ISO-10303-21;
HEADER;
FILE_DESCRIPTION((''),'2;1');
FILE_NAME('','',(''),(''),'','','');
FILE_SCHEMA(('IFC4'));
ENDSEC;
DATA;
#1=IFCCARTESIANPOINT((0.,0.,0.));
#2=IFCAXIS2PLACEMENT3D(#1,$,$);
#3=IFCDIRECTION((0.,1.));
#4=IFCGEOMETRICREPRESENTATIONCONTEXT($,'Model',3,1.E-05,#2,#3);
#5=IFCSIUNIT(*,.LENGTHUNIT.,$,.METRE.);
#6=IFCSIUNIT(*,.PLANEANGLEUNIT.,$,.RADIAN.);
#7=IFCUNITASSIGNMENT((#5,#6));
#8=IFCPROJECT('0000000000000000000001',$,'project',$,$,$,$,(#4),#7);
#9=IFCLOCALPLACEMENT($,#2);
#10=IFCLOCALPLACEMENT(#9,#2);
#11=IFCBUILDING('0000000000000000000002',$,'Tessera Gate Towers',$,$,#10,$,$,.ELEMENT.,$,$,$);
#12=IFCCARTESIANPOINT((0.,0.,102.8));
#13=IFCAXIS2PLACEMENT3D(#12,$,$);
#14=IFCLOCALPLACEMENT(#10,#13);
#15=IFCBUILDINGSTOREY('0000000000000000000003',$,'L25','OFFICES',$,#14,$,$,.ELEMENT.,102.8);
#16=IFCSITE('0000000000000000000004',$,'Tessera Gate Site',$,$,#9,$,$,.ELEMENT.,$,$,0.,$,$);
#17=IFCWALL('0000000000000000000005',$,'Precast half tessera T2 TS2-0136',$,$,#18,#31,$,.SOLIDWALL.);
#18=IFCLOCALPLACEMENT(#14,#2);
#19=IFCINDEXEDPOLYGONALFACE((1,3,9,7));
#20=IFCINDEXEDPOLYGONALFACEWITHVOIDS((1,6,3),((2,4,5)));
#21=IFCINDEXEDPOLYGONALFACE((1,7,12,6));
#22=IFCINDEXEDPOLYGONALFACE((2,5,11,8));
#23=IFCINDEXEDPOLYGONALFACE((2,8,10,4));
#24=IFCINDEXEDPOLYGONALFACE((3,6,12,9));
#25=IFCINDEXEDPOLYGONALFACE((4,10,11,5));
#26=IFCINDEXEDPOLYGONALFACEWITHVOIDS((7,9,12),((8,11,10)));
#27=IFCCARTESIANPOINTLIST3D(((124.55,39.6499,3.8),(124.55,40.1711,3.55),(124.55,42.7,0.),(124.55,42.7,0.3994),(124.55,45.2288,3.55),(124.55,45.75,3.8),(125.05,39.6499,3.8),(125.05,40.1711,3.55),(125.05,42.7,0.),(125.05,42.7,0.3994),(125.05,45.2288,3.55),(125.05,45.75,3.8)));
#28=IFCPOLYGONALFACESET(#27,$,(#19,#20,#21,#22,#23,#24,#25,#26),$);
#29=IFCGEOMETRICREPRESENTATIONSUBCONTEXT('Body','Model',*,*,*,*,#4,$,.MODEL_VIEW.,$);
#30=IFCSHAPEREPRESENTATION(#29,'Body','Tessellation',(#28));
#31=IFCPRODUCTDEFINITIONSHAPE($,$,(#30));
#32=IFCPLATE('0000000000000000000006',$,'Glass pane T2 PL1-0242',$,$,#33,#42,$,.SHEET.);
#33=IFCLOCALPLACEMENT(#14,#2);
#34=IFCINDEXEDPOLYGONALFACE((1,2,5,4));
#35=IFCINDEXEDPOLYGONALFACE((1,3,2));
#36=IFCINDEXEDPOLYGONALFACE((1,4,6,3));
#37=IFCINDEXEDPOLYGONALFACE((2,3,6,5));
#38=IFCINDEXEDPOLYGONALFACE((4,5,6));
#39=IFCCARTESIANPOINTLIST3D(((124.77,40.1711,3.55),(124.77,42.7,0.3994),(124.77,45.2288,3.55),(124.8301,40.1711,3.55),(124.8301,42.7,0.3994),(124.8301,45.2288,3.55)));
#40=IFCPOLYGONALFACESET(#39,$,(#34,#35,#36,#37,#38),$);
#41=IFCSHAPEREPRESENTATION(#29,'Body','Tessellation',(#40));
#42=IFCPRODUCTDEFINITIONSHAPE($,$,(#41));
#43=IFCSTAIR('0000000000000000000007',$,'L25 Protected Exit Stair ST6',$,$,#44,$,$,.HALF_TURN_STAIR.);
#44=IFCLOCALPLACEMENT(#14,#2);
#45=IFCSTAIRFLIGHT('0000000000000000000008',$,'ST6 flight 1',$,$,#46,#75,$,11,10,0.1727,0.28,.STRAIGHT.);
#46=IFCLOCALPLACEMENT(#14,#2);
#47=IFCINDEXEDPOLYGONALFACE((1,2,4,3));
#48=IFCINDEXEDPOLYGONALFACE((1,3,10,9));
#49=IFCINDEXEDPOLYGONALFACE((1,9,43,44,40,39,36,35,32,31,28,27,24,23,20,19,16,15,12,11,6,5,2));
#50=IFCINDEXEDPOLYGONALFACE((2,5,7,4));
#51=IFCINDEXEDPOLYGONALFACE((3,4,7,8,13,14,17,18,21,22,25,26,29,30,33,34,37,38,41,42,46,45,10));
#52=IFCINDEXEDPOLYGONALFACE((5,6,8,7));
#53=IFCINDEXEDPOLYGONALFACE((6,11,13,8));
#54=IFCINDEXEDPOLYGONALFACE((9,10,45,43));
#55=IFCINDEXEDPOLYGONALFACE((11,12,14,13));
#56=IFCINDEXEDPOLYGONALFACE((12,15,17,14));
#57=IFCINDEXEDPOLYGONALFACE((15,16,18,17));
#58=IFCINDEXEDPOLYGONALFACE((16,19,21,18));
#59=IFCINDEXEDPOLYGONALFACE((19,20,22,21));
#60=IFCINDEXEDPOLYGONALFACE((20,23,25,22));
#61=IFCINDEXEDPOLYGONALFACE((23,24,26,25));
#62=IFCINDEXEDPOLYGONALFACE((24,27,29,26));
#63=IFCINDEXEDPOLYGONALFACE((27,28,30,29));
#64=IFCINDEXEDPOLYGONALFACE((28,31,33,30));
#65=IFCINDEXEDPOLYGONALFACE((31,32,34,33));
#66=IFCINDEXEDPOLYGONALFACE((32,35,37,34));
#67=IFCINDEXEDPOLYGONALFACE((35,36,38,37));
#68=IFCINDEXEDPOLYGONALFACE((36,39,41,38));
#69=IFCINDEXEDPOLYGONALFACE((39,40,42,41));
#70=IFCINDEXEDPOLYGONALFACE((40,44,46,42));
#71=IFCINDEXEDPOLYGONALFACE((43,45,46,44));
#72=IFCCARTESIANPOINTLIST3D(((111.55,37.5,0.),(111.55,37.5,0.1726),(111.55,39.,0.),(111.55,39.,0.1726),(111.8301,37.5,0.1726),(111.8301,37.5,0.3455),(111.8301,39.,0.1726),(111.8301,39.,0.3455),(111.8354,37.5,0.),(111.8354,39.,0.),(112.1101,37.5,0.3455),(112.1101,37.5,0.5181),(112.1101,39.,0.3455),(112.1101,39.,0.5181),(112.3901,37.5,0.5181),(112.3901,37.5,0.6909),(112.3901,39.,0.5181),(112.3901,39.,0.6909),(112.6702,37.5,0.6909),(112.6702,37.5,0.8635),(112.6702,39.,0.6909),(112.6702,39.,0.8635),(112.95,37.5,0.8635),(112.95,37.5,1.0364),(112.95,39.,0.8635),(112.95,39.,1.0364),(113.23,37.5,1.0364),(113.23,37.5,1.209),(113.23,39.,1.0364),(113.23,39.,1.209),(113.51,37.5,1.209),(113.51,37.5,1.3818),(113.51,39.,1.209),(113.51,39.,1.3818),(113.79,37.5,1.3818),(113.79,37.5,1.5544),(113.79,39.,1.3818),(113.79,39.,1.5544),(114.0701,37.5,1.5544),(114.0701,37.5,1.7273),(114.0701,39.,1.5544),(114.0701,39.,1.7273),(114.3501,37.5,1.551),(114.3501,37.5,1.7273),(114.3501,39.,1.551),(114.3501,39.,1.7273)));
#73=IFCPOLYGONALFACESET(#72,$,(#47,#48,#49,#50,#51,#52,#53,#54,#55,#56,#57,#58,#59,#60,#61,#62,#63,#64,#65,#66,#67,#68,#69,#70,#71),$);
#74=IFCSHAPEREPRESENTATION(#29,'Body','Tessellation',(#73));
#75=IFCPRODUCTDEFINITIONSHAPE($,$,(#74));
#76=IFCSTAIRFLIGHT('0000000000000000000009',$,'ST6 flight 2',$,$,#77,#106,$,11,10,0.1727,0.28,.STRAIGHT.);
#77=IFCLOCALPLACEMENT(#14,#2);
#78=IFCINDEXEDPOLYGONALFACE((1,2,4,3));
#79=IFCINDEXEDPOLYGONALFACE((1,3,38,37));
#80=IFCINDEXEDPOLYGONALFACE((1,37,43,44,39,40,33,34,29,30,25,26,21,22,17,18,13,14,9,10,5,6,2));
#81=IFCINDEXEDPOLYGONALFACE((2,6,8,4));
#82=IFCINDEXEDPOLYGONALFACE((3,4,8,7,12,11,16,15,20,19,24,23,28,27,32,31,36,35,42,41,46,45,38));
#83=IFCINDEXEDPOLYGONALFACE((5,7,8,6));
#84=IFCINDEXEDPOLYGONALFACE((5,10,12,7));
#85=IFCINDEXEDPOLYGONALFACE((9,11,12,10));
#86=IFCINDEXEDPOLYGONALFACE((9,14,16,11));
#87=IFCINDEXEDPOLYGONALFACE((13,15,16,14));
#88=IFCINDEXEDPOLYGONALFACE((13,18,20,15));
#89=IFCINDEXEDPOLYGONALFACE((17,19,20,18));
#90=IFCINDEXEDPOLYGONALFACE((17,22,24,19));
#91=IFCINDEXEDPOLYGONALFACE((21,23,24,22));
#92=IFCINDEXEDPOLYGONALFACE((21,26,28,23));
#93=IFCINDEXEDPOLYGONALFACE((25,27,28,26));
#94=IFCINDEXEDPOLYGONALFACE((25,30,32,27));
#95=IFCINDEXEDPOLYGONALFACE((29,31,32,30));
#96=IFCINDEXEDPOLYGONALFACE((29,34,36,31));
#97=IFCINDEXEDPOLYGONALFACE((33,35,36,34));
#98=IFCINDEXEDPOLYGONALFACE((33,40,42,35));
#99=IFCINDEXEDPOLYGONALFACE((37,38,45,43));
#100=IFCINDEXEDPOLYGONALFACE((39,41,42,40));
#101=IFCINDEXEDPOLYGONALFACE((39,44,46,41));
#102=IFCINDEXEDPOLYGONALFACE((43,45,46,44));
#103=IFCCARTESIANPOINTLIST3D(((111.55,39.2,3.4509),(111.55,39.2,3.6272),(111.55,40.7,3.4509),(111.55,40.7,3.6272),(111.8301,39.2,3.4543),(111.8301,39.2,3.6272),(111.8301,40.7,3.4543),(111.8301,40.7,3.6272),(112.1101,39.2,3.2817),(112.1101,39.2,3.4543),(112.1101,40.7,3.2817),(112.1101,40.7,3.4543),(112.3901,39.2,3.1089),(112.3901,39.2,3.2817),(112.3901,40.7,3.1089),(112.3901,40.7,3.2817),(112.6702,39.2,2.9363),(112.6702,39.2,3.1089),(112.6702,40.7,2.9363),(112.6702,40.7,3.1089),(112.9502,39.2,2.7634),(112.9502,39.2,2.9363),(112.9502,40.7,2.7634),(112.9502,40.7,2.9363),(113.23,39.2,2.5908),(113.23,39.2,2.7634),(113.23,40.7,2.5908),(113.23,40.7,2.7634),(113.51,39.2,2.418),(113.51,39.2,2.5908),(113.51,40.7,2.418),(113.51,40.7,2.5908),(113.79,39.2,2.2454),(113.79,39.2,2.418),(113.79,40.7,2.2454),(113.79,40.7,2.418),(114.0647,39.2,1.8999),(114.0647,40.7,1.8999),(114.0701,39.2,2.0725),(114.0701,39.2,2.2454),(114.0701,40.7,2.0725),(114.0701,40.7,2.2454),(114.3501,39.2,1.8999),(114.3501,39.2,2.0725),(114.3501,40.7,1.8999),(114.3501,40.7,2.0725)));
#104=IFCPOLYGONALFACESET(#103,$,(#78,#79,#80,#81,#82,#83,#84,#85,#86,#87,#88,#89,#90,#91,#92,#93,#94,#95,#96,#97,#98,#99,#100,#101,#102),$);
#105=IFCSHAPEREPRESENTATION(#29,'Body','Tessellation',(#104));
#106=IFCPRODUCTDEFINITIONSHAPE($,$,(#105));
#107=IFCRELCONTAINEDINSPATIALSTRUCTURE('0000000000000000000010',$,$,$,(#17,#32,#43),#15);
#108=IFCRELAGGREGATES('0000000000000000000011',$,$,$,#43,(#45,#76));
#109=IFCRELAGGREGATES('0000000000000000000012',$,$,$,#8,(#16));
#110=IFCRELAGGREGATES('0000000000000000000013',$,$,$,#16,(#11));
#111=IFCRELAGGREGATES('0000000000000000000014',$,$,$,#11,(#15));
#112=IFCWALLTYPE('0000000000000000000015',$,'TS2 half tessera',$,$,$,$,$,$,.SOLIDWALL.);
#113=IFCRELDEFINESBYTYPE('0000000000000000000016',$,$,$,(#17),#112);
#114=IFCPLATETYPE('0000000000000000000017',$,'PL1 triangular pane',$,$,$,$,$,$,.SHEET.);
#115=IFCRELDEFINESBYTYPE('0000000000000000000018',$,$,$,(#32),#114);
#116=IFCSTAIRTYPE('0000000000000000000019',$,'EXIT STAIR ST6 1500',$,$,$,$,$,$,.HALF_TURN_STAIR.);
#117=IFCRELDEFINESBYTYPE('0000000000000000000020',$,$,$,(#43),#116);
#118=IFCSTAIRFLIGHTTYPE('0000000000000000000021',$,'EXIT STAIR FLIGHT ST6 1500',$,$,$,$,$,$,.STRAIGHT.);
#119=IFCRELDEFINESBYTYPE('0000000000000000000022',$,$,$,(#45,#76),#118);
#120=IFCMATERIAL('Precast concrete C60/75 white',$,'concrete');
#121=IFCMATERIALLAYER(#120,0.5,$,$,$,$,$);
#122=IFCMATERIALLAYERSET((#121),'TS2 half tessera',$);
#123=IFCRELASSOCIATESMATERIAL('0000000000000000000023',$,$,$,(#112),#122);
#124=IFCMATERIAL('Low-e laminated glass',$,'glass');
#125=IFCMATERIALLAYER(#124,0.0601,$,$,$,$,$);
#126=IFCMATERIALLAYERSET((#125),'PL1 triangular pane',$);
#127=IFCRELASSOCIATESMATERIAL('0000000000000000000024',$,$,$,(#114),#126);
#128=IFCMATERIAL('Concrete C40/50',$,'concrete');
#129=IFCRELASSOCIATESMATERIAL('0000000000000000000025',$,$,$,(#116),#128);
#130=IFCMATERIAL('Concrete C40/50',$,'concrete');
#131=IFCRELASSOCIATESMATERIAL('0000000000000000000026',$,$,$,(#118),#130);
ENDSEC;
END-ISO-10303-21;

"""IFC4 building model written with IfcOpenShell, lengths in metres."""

from ifc_helpers import new_model, si_unit, direction, frame, origin, place, context, subcontext, project, spatial, polyline, outline, extrude, source, transform, mapped, material, layer, layer_set, type_object, element, fill, aggregate, save


model = new_model("IFC4")

# Units and contexts
model_context = context("Model", 3, precision=1e-05, world=origin(), true_north=direction((0.0, 1.0)))
body_context = subcontext(model_context, "Body", "Model", "MODEL_VIEW")
ifc_project = project(units=[si_unit("LENGTHUNIT", "METRE"), si_unit("PLANEANGLEUNIT", "RADIAN")], contexts=[model_context])

# Site, building, storey
site_placement = place(None, origin())
site = spatial("IfcSite", under=ifc_project, at=site_placement, Name="Tessera Gate Site", CompositionType="ELEMENT", RefElevation=0.0)
building_placement = place(site_placement, origin())
building = spatial("IfcBuilding", under=site, at=building_placement, Name="Tessera Gate Towers", CompositionType="ELEMENT")
storey_placement = place(building_placement, frame((0.0, 0.0, 102.8)))
storey = spatial("IfcBuildingStorey", under=building, at=storey_placement, Name="L25", Description="OFFICES", CompositionType="ELEMENT", Elevation=102.8)

# Wall, opening, plate
ifc_material_1 = material(Name="Precast concrete C60/75 white", Category="concrete")
ifc_layer_1 = layer(ifc_material_1, 0.5)
ifc_layer_set_1 = layer_set([ifc_layer_1], Name="TS2 half tessera")
wall_type_1 = type_object("IfcWallType", Name="TS2 half tessera", PredefinedType="SOLIDWALL", material=ifc_layer_set_1)
shared_shape_1 = source(origin(), body_context, "Body", "SweptSolid", [
    extrude(outline(polyline([(3.05, 0.0), (6.1001, 3.8), (0.0, 3.8), (3.05, 0.0)])), frame((0.0, 0.25, 0.0), z_axis=(0.0, -1.0, 0.0), x_axis=(1.0, 0.0, 0.0)), (0.0, 0.0, 1.0), 0.5),
])
wall_1_placement = place(storey_placement, frame((124.8, 39.6499, 0.0), z_axis=(0.0, 0.0, 1.0), x_axis=(0.0, 1.0, 0.0)))
wall_1 = element("IfcWall", 1, at=wall_1_placement, inside=storey, type_object=wall_type_1, Name="Precast half tessera T2 TS2-0136", PredefinedType="SOLIDWALL", context=body_context, shape_type="MappedRepresentation", body=[
    mapped(shared_shape_1, transform((0.0, 0.0, 0.0), scale=1.0)),
])
shared_shape_2 = source(origin(), body_context, "Body", "SweptSolid", [
    extrude(outline(polyline([(3.05, 0.3994), (5.5789, 3.55), (0.5212, 3.55), (3.05, 0.3994)])), frame((0.0, 0.26, 0.0), z_axis=(0.0, -1.0, 0.0), x_axis=(1.0, 0.0, 0.0)), (0.0, 0.0, 1.0), 0.52),
])
opening_1_placement = place(wall_1_placement, origin())
opening_1 = element("IfcOpeningElement", 2, at=opening_1_placement, cuts=wall_1, PredefinedType="OPENING", context=body_context, shape_type="MappedRepresentation", body=[
    mapped(shared_shape_2, transform((0.0, 0.0, 0.0), scale=1.0)),
])
ifc_material_2 = material(Name="Low-e laminated glass", Category="glass")
ifc_layer_2 = layer(ifc_material_2, 0.0601)
ifc_layer_set_2 = layer_set([ifc_layer_2], Name="PL1 triangular pane")
plate_type_1 = type_object("IfcPlateType", Name="PL1 triangular pane", PredefinedType="SHEET", material=ifc_layer_set_2)
shared_shape_3 = source(origin(), body_context, "Body", "SweptSolid", [
    extrude(outline(polyline([(3.05, 0.3994), (5.5789, 3.55), (0.5212, 3.55), (3.05, 0.3994)])), frame((0.0, 0.03, 0.0), z_axis=(0.0, -1.0, 0.0), x_axis=(1.0, 0.0, 0.0)), (0.0, 0.0, 1.0), 0.0601),
])
plate_1_placement = place(opening_1_placement, origin())
plate_1 = element("IfcPlate", 3, at=plate_1_placement, inside=storey, type_object=plate_type_1, Name="Glass pane T2 PL1-0242", PredefinedType="SHEET", context=body_context, shape_type="MappedRepresentation", body=[
    mapped(shared_shape_3, transform((0.0, 0.0, 0.0), scale=1.0)),
])
fill(opening_1, plate_1)

# Stair, stair flights
ifc_material_3 = material(Name="Concrete C40/50", Category="concrete")
stair_type = type_object("IfcStairType", Name="EXIT STAIR ST6 1500", PredefinedType="HALF_TURN_STAIR", material=ifc_material_3)
stair_placement = place(storey_placement, origin())
stair = element("IfcStair", 4, at=stair_placement, inside=storey, type_object=stair_type, Name="L25 Protected Exit Stair ST6", PredefinedType="HALF_TURN_STAIR")
ifc_material_4 = material(Name="Concrete C40/50", Category="concrete")
stair_flight_type = type_object("IfcStairFlightType", Name="EXIT STAIR FLIGHT ST6 1500", PredefinedType="STRAIGHT", material=ifc_material_4)
stair_flight_1_placement = place(storey_placement, frame((111.55, 38.25, 0.0), z_axis=(0.0, 0.0, 1.0), x_axis=(1.0, 0.0, 0.0)))
stair_flight_1 = element("IfcStairFlight", 5, at=stair_flight_1_placement, type_object=stair_flight_type, Name="ST6 flight 1", NumberOfRisers=11, NumberOfTreads=10, PredefinedType="STRAIGHT", RiserHeight=0.1727, TreadLength=0.28, context=body_context, shape_type="SweptSolid", body=[
    extrude(outline(polyline([(0.0, 0.0), (0.0, 0.1726), (0.28, 0.1726), (0.28, 0.3455), (0.5601, 0.3455), (0.5601, 0.5181), (0.8401, 0.5181), (0.8401, 0.6909), (1.1201, 0.6909), (1.1201, 0.8635), (1.3999, 0.8635), (1.3999, 1.0364), (1.6799, 1.0364), (1.6799, 1.209), (1.96, 1.209), (1.96, 1.3818), (2.24, 1.3818), (2.24, 1.5544), (2.52, 1.5544), (2.52, 1.7273), (2.8, 1.7273), (2.8, 1.8999), (2.8, 1.551), (0.2854, 0.0), (0.0, 0.0)])), frame((0.0, 0.75, 0.0), z_axis=(0.0, -1.0, 0.0), x_axis=(1.0, 0.0, 0.0)), (0.0, 0.0, 1.0), 1.5),
])
stair_flight_2_placement = place(storey_placement, frame((114.3501, 39.95, 1.8999), z_axis=(0.0, 0.0, 1.0), x_axis=(-1.0, 0.0, 0.0)))
stair_flight_2 = element("IfcStairFlight", 6, at=stair_flight_2_placement, type_object=stair_flight_type, Name="ST6 flight 2", NumberOfRisers=11, NumberOfTreads=10, PredefinedType="STRAIGHT", RiserHeight=0.1727, TreadLength=0.28, context=body_context, shape_type="SweptSolid", body=[
    extrude(outline(polyline([(0.0, 0.0), (0.0, 0.1726), (0.28, 0.1726), (0.28, 0.3455), (0.5601, 0.3455), (0.5601, 0.5181), (0.8401, 0.5181), (0.8401, 0.6909), (1.1201, 0.6909), (1.1201, 0.8635), (1.3999, 0.8635), (1.3999, 1.0364), (1.6799, 1.0364), (1.6799, 1.209), (1.96, 1.209), (1.96, 1.3818), (2.24, 1.3818), (2.24, 1.5544), (2.52, 1.5544), (2.52, 1.7273), (2.8, 1.7273), (2.8, 1.8999), (2.8, 1.551), (0.2854, 0.0), (0.0, 0.0)])), frame((0.0, 0.75, 0.0), z_axis=(0.0, -1.0, 0.0), x_axis=(1.0, 0.0, 0.0)), (0.0, 0.0, 1.0), 1.5),
])
aggregate(stair, [stair_flight_1, stair_flight_2])

save(model, "model.ifc")
